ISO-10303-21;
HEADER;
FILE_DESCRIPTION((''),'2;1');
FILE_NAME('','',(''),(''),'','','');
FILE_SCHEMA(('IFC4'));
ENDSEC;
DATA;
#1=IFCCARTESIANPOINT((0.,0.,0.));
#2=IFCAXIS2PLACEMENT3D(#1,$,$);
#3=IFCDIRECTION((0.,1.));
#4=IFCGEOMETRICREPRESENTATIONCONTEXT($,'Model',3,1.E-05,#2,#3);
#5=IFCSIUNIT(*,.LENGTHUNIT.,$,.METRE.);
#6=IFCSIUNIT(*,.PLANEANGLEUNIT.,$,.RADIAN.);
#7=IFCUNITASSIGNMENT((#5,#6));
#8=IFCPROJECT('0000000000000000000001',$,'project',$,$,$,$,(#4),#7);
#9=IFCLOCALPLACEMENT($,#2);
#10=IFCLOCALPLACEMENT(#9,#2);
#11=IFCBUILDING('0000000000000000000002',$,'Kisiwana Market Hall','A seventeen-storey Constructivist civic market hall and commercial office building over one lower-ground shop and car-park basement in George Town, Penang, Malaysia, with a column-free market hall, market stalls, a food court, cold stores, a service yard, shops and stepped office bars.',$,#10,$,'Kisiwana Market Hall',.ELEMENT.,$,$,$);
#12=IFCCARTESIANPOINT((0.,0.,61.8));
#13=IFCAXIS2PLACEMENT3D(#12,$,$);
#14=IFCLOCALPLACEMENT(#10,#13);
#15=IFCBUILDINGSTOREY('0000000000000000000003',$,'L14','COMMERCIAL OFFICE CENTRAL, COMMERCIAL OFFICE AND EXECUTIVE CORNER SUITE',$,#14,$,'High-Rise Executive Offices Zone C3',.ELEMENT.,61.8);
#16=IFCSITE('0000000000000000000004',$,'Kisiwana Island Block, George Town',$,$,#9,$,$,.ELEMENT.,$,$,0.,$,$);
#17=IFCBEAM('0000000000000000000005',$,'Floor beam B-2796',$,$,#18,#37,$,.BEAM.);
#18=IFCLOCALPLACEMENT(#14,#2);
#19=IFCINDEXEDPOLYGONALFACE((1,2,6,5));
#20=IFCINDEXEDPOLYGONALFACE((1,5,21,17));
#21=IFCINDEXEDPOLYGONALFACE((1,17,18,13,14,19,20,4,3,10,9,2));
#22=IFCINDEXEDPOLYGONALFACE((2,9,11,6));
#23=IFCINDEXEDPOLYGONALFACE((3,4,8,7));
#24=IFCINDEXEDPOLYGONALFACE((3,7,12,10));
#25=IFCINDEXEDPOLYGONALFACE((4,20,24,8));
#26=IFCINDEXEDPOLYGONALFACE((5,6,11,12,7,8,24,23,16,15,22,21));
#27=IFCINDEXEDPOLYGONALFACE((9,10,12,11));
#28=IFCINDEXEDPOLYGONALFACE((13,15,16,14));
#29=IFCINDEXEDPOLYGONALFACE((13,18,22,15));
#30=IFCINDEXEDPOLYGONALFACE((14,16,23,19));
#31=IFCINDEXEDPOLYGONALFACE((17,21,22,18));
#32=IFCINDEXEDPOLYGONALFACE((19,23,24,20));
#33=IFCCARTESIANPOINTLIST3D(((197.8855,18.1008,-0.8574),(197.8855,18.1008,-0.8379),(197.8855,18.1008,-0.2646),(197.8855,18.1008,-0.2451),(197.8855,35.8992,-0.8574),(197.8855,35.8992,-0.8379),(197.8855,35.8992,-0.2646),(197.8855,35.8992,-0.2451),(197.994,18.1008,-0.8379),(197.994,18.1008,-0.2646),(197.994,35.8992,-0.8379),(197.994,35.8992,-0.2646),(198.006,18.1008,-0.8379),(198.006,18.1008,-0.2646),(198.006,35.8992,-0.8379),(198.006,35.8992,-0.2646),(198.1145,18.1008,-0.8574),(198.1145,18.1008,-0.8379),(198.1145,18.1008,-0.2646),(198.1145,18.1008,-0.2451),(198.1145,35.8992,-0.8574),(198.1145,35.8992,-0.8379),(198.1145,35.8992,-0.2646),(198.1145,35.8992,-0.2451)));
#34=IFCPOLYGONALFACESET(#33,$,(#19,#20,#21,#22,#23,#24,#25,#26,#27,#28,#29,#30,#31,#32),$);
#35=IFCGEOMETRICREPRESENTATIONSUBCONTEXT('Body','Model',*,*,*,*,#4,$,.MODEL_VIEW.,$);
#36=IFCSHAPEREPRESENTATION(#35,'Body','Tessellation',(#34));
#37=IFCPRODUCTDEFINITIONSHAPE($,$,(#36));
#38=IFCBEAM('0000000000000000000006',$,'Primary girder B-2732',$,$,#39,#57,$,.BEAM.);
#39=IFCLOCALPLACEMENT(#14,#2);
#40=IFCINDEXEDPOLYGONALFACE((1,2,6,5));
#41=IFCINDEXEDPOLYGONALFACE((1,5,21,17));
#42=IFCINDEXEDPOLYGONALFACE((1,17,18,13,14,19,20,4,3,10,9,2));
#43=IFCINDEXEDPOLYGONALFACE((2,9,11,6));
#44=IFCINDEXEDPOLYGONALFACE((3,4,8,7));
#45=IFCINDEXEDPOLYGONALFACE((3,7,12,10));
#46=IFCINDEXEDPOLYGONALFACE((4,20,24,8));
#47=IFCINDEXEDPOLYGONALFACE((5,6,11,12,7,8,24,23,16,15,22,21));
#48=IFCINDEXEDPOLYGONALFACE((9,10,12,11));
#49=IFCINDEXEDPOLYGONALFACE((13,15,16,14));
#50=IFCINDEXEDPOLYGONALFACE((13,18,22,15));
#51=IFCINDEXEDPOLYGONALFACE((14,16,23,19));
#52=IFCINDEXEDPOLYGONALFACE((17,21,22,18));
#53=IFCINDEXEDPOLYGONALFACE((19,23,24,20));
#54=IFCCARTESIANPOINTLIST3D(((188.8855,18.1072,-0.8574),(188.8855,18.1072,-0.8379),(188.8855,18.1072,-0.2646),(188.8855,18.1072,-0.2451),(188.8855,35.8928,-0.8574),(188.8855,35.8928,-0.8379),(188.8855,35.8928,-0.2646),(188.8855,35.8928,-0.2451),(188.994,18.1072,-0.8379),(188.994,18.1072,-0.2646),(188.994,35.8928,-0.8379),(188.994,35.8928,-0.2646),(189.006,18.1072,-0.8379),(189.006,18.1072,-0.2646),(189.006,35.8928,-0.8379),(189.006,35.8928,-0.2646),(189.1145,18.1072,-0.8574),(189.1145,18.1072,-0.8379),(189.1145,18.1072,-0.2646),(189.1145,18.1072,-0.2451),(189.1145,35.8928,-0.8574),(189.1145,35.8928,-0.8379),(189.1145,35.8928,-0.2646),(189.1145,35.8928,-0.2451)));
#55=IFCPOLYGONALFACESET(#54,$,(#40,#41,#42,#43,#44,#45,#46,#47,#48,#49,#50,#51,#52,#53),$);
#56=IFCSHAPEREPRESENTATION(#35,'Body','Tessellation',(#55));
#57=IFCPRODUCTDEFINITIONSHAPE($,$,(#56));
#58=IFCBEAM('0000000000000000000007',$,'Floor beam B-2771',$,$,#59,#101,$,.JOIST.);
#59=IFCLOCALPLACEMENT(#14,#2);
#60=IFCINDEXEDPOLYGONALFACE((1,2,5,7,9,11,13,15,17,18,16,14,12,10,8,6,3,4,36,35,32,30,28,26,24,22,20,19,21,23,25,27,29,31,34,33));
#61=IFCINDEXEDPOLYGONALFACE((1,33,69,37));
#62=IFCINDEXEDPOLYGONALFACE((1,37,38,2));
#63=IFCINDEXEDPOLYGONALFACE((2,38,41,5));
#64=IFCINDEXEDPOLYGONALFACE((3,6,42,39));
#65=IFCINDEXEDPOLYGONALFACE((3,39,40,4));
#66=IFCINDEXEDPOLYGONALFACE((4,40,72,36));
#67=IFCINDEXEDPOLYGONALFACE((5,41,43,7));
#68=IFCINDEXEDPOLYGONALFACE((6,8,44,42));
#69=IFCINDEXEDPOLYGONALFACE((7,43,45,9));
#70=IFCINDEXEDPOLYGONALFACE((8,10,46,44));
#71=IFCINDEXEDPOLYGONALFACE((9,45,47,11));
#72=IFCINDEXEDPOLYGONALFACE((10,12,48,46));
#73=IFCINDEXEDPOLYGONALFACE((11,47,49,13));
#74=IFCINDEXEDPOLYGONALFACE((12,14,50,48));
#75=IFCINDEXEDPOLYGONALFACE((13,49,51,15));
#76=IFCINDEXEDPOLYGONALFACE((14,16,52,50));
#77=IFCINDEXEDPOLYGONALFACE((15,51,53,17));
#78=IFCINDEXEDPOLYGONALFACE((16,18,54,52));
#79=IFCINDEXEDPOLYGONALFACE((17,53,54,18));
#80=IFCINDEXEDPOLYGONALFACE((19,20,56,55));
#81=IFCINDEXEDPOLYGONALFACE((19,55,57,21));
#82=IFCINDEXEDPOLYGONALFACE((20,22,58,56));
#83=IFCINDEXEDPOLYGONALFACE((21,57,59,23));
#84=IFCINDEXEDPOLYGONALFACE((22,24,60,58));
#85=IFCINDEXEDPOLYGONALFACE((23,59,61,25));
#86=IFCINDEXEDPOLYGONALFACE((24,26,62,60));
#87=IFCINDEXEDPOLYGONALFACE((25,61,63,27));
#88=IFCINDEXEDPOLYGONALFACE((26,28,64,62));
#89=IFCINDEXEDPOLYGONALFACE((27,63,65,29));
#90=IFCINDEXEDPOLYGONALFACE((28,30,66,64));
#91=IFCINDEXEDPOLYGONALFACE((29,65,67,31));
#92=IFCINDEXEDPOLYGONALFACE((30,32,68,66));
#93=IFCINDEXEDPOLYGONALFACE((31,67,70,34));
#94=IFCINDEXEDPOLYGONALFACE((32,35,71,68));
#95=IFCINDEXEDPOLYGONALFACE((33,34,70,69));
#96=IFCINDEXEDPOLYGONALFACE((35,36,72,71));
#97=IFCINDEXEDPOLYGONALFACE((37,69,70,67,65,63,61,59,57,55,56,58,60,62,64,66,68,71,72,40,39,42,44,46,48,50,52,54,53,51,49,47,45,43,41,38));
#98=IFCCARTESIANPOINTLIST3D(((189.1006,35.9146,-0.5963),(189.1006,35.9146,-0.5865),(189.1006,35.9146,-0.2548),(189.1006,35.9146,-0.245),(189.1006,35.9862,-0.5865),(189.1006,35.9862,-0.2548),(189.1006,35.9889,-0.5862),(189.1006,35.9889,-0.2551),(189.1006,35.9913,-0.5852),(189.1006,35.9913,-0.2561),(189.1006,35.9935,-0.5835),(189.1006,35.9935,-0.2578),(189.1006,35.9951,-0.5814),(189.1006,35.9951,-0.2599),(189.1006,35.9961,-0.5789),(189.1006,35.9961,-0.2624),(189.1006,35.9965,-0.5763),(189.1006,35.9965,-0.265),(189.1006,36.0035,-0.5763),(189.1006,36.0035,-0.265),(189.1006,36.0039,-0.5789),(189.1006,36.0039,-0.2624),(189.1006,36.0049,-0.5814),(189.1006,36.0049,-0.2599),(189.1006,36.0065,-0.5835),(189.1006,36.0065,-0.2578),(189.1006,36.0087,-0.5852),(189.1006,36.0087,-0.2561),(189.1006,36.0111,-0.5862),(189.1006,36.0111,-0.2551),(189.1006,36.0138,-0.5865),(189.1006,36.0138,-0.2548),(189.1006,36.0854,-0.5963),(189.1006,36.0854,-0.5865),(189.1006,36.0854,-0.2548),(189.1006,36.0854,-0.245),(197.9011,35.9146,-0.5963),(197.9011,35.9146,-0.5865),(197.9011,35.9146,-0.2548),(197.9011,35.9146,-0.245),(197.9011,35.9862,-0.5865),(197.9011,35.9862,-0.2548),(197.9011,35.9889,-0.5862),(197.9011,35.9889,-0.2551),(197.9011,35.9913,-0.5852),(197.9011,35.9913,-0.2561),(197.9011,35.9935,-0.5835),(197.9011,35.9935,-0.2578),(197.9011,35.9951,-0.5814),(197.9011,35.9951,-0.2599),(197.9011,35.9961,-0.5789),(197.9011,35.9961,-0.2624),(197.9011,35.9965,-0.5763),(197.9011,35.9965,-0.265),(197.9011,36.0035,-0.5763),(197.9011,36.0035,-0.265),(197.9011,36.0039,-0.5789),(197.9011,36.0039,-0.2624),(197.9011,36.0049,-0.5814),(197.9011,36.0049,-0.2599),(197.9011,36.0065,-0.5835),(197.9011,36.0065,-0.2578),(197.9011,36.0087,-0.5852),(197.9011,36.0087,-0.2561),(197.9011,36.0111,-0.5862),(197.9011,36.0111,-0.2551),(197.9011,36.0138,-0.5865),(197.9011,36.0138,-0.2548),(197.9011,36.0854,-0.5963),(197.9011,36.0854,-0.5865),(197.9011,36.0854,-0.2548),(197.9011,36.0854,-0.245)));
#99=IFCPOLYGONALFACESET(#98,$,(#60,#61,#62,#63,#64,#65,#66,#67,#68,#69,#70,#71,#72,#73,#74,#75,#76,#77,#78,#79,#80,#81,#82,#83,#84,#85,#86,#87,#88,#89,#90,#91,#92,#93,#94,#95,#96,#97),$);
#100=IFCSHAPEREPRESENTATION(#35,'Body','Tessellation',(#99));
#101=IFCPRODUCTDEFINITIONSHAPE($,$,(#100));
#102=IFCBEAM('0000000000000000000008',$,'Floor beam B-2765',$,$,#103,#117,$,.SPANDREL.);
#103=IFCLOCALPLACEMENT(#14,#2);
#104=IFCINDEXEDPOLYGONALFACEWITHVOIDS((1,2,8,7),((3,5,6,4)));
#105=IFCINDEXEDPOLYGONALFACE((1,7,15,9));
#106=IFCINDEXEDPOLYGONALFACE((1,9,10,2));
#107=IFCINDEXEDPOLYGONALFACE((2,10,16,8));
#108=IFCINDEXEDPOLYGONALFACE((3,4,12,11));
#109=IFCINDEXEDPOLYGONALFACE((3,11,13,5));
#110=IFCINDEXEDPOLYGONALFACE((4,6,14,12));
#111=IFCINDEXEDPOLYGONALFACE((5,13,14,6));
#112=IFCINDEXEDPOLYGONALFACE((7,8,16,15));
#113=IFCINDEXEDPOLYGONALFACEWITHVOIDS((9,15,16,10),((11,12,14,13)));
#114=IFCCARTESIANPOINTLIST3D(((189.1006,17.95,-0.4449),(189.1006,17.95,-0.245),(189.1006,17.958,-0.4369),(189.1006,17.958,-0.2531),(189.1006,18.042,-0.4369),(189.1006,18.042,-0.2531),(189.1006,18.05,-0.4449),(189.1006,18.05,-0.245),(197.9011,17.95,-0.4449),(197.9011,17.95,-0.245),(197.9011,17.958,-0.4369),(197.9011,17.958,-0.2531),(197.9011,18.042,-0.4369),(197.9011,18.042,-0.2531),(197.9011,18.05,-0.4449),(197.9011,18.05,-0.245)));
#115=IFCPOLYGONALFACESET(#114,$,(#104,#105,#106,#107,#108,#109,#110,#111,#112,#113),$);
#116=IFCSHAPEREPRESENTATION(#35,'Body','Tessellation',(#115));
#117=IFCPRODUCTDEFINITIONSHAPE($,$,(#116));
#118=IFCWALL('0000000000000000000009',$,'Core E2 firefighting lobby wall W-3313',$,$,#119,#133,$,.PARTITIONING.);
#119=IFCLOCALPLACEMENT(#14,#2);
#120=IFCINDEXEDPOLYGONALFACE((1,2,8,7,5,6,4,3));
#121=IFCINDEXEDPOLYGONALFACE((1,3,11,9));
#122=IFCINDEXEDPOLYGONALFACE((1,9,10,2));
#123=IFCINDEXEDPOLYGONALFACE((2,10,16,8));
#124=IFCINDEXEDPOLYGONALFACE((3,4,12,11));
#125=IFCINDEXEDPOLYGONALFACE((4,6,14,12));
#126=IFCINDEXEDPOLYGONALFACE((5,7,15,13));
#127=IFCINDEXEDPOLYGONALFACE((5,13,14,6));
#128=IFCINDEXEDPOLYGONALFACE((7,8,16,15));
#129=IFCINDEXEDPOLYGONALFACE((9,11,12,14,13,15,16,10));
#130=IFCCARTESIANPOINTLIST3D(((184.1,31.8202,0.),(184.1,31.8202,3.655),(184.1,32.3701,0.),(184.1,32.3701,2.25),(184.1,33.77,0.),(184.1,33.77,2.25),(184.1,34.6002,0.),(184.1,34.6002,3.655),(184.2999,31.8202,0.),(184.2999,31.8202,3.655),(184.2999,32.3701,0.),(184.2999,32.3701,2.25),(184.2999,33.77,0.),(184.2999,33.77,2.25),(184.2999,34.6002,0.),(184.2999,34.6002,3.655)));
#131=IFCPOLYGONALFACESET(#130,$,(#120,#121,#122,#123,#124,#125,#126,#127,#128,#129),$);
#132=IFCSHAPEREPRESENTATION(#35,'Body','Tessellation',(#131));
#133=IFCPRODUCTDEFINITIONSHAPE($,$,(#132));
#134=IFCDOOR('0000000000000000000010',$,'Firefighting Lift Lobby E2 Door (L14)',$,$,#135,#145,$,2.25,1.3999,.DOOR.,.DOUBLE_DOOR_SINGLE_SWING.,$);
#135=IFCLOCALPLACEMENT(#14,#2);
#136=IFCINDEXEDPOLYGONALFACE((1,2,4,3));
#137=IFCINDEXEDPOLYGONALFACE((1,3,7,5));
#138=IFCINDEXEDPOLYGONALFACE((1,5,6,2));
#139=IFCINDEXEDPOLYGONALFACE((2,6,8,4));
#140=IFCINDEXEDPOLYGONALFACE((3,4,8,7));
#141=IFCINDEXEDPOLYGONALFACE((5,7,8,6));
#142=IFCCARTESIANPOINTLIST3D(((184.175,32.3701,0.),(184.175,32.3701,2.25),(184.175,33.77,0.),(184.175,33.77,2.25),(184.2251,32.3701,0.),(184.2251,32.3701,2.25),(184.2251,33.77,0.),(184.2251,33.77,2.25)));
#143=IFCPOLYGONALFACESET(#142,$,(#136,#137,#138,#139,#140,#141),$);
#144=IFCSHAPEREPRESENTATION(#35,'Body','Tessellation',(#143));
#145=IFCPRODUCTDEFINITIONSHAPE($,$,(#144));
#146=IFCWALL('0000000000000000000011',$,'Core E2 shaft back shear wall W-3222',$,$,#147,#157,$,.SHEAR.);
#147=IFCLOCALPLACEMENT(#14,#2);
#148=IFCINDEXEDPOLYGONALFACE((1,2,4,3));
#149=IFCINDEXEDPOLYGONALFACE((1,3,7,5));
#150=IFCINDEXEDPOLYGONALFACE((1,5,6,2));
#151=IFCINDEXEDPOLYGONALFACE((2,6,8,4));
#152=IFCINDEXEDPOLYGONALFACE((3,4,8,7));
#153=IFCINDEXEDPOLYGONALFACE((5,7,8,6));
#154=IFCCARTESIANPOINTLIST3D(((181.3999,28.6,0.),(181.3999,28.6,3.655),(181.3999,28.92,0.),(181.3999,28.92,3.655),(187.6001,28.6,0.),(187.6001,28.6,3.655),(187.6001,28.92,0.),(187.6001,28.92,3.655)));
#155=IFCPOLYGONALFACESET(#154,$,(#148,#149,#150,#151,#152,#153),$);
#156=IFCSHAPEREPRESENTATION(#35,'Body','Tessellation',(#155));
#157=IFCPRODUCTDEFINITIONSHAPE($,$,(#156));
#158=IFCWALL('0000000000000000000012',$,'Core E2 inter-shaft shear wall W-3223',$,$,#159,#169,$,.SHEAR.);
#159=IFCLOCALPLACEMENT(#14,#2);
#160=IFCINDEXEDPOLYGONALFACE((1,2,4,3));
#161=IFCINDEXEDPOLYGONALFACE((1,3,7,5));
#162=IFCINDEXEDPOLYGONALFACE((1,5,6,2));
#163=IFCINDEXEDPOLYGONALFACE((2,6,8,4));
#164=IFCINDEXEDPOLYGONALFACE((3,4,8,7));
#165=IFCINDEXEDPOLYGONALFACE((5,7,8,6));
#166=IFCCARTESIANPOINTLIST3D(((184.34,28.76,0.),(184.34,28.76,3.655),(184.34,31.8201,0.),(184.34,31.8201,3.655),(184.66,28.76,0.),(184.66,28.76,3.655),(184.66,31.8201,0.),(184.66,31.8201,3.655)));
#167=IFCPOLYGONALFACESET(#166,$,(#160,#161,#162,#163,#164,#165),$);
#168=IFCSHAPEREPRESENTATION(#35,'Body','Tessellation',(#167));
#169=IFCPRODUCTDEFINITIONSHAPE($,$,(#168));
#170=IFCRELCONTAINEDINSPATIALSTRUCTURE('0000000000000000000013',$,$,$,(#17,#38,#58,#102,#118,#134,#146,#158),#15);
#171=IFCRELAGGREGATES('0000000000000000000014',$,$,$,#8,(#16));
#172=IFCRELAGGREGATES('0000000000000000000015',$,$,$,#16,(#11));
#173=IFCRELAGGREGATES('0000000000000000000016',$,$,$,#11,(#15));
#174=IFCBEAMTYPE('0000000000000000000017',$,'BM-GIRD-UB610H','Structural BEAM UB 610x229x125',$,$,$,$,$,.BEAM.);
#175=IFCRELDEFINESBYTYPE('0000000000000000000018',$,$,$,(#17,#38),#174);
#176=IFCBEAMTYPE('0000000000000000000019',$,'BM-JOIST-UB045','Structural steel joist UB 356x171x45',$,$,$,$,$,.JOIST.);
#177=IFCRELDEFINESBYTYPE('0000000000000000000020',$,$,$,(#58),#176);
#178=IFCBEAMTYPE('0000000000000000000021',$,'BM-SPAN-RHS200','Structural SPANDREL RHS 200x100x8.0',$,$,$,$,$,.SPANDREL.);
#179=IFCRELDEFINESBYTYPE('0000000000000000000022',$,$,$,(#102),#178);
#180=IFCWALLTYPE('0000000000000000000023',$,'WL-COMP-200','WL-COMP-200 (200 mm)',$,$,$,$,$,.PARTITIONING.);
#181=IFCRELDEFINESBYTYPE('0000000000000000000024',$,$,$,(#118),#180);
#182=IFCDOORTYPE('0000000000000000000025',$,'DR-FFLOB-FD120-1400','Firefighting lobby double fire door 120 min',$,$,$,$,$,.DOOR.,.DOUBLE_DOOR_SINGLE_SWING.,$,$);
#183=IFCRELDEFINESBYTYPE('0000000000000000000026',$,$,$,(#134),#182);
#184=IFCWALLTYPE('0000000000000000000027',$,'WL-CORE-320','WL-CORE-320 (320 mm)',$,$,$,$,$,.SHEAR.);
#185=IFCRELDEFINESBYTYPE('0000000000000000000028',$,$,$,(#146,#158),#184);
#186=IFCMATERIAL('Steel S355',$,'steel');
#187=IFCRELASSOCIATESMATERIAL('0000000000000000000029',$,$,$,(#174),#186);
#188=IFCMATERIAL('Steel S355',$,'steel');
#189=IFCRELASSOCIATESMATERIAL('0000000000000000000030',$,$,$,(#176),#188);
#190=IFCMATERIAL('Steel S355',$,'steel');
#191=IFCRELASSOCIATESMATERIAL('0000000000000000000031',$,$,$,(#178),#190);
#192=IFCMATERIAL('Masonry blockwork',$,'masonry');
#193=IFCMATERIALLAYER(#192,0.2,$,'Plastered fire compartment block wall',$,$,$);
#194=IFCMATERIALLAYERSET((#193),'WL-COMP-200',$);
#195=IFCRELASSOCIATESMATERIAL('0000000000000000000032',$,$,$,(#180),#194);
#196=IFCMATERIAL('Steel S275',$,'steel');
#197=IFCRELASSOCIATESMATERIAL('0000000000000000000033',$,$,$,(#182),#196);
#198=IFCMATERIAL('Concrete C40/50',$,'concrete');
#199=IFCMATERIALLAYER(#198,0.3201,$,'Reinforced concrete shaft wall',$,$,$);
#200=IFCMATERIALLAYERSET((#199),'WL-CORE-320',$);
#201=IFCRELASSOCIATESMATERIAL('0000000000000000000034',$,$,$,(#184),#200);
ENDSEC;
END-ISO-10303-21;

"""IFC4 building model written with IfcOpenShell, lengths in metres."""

from ifc_helpers import new_model, si_unit, direction, frame, frame_2d, origin, origin_2d, place, context, subcontext, project, spatial, rectangle, hollow_rectangle, i_section, extrude, material, layer, layer_set, material_profile, profile_set, type_object, element, fill, save


model = new_model("IFC4")

# Units and contexts
model_context = context("Model", 3, precision=1e-05, world=origin(), true_north=direction((0.0, 1.0)))
body_context = subcontext(model_context, "Body", "Model", "MODEL_VIEW")
ifc_project = project(units=[si_unit("LENGTHUNIT", "METRE"), si_unit("PLANEANGLEUNIT", "RADIAN")], contexts=[model_context])

# Site, building, storey
site_placement = place(None, origin())
site = spatial("IfcSite", under=ifc_project, at=site_placement, Name="Kisiwana Island Block, George Town", CompositionType="ELEMENT", RefElevation=0.0)
building_placement = place(site_placement, origin())
building = spatial("IfcBuilding", under=site, at=building_placement, Name="Kisiwana Market Hall", Description="A seventeen-storey Constructivist civic market hall and commercial office building over one lower-ground shop and car-park basement in George Town, Penang, Malaysia, with a column-free market hall, market stalls, a food court, cold stores, a service yard, shops and stepped office bars.", LongName="Kisiwana Market Hall", CompositionType="ELEMENT")
storey_placement = place(building_placement, frame((0.0, 0.0, 61.8)))
storey = spatial("IfcBuildingStorey", under=building, at=storey_placement, Name="L14", Description="COMMERCIAL OFFICE CENTRAL, COMMERCIAL OFFICE AND EXECUTIVE CORNER SUITE", LongName="High-Rise Executive Offices Zone C3", CompositionType="ELEMENT", Elevation=61.8)

# Beams
ifc_material_1 = material(Name="Steel S355", Category="steel")
ifc_material_profile_1 = material_profile(ifc_material_1, i_section(OverallWidth=0.229, OverallDepth=0.6123, WebThickness=0.012, FlangeThickness=0.0195, at=origin_2d()), Name="UB 610x229x125")
ifc_profile_set_1 = profile_set([ifc_material_profile_1], Name="Steel S355")
beam_type_1 = type_object("IfcBeamType", Name="BM-GIRD-UB610H", Description="Structural BEAM UB 610x229x125", PredefinedType="BEAM", material=ifc_profile_set_1)
beam_1_placement = place(storey_placement, frame((198.0, 18.1008, -0.5513), z_axis=(0.0, 1.0, 0.0), x_axis=(-1.0, 0.0, 0.0)))
element("IfcBeam", 1, at=beam_1_placement, inside=storey, type_object=beam_type_1, Name="Floor beam B-2796", PredefinedType="BEAM", context=body_context, shape_type="SweptSolid", body=[
    extrude(i_section(OverallWidth=0.229, OverallDepth=0.6123, WebThickness=0.012, FlangeThickness=0.0195, at=origin_2d()), origin(), (0.0, 0.0, 1.0), 17.7983),
])
beam_2_placement = place(storey_placement, frame((189.0, 18.1072, -0.5513), z_axis=(0.0, 1.0, 0.0), x_axis=(-1.0, 0.0, 0.0)))
element("IfcBeam", 2, at=beam_2_placement, inside=storey, type_object=beam_type_1, Name="Primary girder B-2732", PredefinedType="BEAM", context=body_context, shape_type="SweptSolid", body=[
    extrude(i_section(OverallWidth=0.229, OverallDepth=0.6123, WebThickness=0.012, FlangeThickness=0.0195, at=origin_2d()), origin(), (0.0, 0.0, 1.0), 17.7856),
])
ifc_material_2 = material(Name="Steel S355", Category="steel")
ifc_material_profile_2 = material_profile(ifc_material_2, i_section(OverallWidth=0.1709, OverallDepth=0.3513, WebThickness=0.0071, FlangeThickness=0.0098, FilletRadius=0.0103, at=origin_2d()), Name="UB 356x171x45")
ifc_profile_set_2 = profile_set([ifc_material_profile_2], Name="Steel S355")
beam_type_2 = type_object("IfcBeamType", Name="BM-JOIST-UB045", Description="Structural steel joist UB 356x171x45", PredefinedType="JOIST", material=ifc_profile_set_2)
beam_3_placement = place(storey_placement, frame((189.1006, 36.0, -0.4207), z_axis=(1.0, 0.0, 0.0), x_axis=(0.0, 1.0, 0.0)))
element("IfcBeam", 3, at=beam_3_placement, inside=storey, type_object=beam_type_2, Name="Floor beam B-2771", PredefinedType="JOIST", context=body_context, shape_type="SweptSolid", body=[
    extrude(i_section(OverallWidth=0.1709, OverallDepth=0.3513, WebThickness=0.0071, FlangeThickness=0.0098, FilletRadius=0.0103, at=origin_2d()), origin(), (0.0, 0.0, 1.0), 8.8005),
])
ifc_material_3 = material(Name="Steel S355", Category="steel")
ifc_material_profile_3 = material_profile(ifc_material_3, hollow_rectangle(XDim=0.1001, YDim=0.2, WallThickness=0.0081, at=origin_2d()), Name="RHS 200x100x8.0")
ifc_profile_set_3 = profile_set([ifc_material_profile_3], Name="Steel S355")
beam_type_3 = type_object("IfcBeamType", Name="BM-SPAN-RHS200", Description="Structural SPANDREL RHS 200x100x8.0", PredefinedType="SPANDREL", material=ifc_profile_set_3)
beam_4_placement = place(storey_placement, frame((189.1006, 18.0, -0.345), z_axis=(1.0, 0.0, 0.0), x_axis=(0.0, 1.0, 0.0)))
element("IfcBeam", 4, at=beam_4_placement, inside=storey, type_object=beam_type_3, Name="Floor beam B-2765", PredefinedType="SPANDREL", context=body_context, shape_type="SweptSolid", body=[
    extrude(hollow_rectangle(XDim=0.1001, YDim=0.2, WallThickness=0.0081, at=origin_2d()), origin(), (0.0, 0.0, 1.0), 8.8005),
])

# Wall, opening, door
ifc_material_4 = material(Name="Masonry blockwork", Category="masonry")
ifc_layer_1 = layer(ifc_material_4, 0.2, Name="Plastered fire compartment block wall")
ifc_layer_set_1 = layer_set([ifc_layer_1], Name="WL-COMP-200")
wall_type_1 = type_object("IfcWallType", Name="WL-COMP-200", Description="WL-COMP-200 (200 mm)", PredefinedType="PARTITIONING", material=ifc_layer_set_1)
wall_1_placement = place(storey_placement, frame((184.2, 31.8201, 0.0), z_axis=(0.0, 0.0, 1.0), x_axis=(0.0, 1.0, 0.0)))
wall_1 = element("IfcWall", 5, at=wall_1_placement, inside=storey, type_object=wall_type_1, Name="Core E2 firefighting lobby wall W-3313", PredefinedType="PARTITIONING", context=body_context, shape_type="SweptSolid", body=[
    extrude(rectangle(XDim=2.78, YDim=0.2, at=frame_2d((1.3901, 0.0))), origin(), (0.0, 0.0, 1.0), 3.655),
])
opening_1_placement = place(wall_1_placement, frame((0.55, 0.0, 0.0)))
opening_1 = element("IfcOpeningElement", 6, at=opening_1_placement, cuts=wall_1, PredefinedType="OPENING", context=body_context, shape_type="SweptSolid", body=[
    extrude(rectangle(XDim=1.3999, YDim=2.25, at=frame_2d((0.7, 1.125))), frame((0.0, 0.1118, 0.0), z_axis=(0.0, -1.0, 0.0), x_axis=(1.0, 0.0, 0.0)), (0.0, 0.0, 1.0), 0.2239),
])
ifc_material_5 = material(Name="Steel S275", Category="steel")
door_type_1 = type_object("IfcDoorType", Name="DR-FFLOB-FD120-1400", Description="Firefighting lobby double fire door 120 min", OperationType="DOUBLE_DOOR_SINGLE_SWING", PredefinedType="DOOR", material=ifc_material_5)
door_1_placement = place(opening_1_placement, origin())
door_1 = element("IfcDoor", 7, at=door_1_placement, inside=storey, type_object=door_type_1, Name="Firefighting Lift Lobby E2 Door (L14)", OperationType="DOUBLE_DOOR_SINGLE_SWING", OverallHeight=2.25, OverallWidth=1.3999, PredefinedType="DOOR", context=body_context, shape_type="SweptSolid", body=[
    extrude(rectangle(XDim=1.3999, YDim=2.25, at=frame_2d((0.7, 1.125))), frame((0.0, 0.0249, 0.0), z_axis=(0.0, -1.0, 0.0), x_axis=(1.0, 0.0, 0.0)), (0.0, 0.0, 1.0), 0.05),
])
fill(opening_1, door_1)

# Walls
ifc_material_6 = material(Name="Concrete C40/50", Category="concrete")
ifc_layer_2 = layer(ifc_material_6, 0.3201, Name="Reinforced concrete shaft wall")
ifc_layer_set_2 = layer_set([ifc_layer_2], Name="WL-CORE-320")
wall_type_2 = type_object("IfcWallType", Name="WL-CORE-320", Description="WL-CORE-320 (320 mm)", PredefinedType="SHEAR", material=ifc_layer_set_2)
wall_2_placement = place(storey_placement, frame((181.3999, 28.76, 0.0), z_axis=(0.0, 0.0, 1.0), x_axis=(1.0, 0.0, 0.0)))
element("IfcWall", 8, at=wall_2_placement, inside=storey, type_object=wall_type_2, Name="Core E2 shaft back shear wall W-3222", PredefinedType="SHEAR", context=body_context, shape_type="SweptSolid", body=[
    extrude(rectangle(XDim=6.2002, YDim=0.3201, at=frame_2d((3.1001, 0.0))), origin(), (0.0, 0.0, 1.0), 3.655),
])
wall_3_placement = place(storey_placement, frame((184.5, 28.76, 0.0), z_axis=(0.0, 0.0, 1.0), x_axis=(0.0, 1.0, 0.0)))
element("IfcWall", 9, at=wall_3_placement, inside=storey, type_object=wall_type_2, Name="Core E2 inter-shaft shear wall W-3223", PredefinedType="SHEAR", context=body_context, shape_type="SweptSolid", body=[
    extrude(rectangle(XDim=3.0601, YDim=0.3201, at=frame_2d((1.53, 0.0))), origin(), (0.0, 0.0, 1.0), 3.655),
])

save(model, "model.ifc")
